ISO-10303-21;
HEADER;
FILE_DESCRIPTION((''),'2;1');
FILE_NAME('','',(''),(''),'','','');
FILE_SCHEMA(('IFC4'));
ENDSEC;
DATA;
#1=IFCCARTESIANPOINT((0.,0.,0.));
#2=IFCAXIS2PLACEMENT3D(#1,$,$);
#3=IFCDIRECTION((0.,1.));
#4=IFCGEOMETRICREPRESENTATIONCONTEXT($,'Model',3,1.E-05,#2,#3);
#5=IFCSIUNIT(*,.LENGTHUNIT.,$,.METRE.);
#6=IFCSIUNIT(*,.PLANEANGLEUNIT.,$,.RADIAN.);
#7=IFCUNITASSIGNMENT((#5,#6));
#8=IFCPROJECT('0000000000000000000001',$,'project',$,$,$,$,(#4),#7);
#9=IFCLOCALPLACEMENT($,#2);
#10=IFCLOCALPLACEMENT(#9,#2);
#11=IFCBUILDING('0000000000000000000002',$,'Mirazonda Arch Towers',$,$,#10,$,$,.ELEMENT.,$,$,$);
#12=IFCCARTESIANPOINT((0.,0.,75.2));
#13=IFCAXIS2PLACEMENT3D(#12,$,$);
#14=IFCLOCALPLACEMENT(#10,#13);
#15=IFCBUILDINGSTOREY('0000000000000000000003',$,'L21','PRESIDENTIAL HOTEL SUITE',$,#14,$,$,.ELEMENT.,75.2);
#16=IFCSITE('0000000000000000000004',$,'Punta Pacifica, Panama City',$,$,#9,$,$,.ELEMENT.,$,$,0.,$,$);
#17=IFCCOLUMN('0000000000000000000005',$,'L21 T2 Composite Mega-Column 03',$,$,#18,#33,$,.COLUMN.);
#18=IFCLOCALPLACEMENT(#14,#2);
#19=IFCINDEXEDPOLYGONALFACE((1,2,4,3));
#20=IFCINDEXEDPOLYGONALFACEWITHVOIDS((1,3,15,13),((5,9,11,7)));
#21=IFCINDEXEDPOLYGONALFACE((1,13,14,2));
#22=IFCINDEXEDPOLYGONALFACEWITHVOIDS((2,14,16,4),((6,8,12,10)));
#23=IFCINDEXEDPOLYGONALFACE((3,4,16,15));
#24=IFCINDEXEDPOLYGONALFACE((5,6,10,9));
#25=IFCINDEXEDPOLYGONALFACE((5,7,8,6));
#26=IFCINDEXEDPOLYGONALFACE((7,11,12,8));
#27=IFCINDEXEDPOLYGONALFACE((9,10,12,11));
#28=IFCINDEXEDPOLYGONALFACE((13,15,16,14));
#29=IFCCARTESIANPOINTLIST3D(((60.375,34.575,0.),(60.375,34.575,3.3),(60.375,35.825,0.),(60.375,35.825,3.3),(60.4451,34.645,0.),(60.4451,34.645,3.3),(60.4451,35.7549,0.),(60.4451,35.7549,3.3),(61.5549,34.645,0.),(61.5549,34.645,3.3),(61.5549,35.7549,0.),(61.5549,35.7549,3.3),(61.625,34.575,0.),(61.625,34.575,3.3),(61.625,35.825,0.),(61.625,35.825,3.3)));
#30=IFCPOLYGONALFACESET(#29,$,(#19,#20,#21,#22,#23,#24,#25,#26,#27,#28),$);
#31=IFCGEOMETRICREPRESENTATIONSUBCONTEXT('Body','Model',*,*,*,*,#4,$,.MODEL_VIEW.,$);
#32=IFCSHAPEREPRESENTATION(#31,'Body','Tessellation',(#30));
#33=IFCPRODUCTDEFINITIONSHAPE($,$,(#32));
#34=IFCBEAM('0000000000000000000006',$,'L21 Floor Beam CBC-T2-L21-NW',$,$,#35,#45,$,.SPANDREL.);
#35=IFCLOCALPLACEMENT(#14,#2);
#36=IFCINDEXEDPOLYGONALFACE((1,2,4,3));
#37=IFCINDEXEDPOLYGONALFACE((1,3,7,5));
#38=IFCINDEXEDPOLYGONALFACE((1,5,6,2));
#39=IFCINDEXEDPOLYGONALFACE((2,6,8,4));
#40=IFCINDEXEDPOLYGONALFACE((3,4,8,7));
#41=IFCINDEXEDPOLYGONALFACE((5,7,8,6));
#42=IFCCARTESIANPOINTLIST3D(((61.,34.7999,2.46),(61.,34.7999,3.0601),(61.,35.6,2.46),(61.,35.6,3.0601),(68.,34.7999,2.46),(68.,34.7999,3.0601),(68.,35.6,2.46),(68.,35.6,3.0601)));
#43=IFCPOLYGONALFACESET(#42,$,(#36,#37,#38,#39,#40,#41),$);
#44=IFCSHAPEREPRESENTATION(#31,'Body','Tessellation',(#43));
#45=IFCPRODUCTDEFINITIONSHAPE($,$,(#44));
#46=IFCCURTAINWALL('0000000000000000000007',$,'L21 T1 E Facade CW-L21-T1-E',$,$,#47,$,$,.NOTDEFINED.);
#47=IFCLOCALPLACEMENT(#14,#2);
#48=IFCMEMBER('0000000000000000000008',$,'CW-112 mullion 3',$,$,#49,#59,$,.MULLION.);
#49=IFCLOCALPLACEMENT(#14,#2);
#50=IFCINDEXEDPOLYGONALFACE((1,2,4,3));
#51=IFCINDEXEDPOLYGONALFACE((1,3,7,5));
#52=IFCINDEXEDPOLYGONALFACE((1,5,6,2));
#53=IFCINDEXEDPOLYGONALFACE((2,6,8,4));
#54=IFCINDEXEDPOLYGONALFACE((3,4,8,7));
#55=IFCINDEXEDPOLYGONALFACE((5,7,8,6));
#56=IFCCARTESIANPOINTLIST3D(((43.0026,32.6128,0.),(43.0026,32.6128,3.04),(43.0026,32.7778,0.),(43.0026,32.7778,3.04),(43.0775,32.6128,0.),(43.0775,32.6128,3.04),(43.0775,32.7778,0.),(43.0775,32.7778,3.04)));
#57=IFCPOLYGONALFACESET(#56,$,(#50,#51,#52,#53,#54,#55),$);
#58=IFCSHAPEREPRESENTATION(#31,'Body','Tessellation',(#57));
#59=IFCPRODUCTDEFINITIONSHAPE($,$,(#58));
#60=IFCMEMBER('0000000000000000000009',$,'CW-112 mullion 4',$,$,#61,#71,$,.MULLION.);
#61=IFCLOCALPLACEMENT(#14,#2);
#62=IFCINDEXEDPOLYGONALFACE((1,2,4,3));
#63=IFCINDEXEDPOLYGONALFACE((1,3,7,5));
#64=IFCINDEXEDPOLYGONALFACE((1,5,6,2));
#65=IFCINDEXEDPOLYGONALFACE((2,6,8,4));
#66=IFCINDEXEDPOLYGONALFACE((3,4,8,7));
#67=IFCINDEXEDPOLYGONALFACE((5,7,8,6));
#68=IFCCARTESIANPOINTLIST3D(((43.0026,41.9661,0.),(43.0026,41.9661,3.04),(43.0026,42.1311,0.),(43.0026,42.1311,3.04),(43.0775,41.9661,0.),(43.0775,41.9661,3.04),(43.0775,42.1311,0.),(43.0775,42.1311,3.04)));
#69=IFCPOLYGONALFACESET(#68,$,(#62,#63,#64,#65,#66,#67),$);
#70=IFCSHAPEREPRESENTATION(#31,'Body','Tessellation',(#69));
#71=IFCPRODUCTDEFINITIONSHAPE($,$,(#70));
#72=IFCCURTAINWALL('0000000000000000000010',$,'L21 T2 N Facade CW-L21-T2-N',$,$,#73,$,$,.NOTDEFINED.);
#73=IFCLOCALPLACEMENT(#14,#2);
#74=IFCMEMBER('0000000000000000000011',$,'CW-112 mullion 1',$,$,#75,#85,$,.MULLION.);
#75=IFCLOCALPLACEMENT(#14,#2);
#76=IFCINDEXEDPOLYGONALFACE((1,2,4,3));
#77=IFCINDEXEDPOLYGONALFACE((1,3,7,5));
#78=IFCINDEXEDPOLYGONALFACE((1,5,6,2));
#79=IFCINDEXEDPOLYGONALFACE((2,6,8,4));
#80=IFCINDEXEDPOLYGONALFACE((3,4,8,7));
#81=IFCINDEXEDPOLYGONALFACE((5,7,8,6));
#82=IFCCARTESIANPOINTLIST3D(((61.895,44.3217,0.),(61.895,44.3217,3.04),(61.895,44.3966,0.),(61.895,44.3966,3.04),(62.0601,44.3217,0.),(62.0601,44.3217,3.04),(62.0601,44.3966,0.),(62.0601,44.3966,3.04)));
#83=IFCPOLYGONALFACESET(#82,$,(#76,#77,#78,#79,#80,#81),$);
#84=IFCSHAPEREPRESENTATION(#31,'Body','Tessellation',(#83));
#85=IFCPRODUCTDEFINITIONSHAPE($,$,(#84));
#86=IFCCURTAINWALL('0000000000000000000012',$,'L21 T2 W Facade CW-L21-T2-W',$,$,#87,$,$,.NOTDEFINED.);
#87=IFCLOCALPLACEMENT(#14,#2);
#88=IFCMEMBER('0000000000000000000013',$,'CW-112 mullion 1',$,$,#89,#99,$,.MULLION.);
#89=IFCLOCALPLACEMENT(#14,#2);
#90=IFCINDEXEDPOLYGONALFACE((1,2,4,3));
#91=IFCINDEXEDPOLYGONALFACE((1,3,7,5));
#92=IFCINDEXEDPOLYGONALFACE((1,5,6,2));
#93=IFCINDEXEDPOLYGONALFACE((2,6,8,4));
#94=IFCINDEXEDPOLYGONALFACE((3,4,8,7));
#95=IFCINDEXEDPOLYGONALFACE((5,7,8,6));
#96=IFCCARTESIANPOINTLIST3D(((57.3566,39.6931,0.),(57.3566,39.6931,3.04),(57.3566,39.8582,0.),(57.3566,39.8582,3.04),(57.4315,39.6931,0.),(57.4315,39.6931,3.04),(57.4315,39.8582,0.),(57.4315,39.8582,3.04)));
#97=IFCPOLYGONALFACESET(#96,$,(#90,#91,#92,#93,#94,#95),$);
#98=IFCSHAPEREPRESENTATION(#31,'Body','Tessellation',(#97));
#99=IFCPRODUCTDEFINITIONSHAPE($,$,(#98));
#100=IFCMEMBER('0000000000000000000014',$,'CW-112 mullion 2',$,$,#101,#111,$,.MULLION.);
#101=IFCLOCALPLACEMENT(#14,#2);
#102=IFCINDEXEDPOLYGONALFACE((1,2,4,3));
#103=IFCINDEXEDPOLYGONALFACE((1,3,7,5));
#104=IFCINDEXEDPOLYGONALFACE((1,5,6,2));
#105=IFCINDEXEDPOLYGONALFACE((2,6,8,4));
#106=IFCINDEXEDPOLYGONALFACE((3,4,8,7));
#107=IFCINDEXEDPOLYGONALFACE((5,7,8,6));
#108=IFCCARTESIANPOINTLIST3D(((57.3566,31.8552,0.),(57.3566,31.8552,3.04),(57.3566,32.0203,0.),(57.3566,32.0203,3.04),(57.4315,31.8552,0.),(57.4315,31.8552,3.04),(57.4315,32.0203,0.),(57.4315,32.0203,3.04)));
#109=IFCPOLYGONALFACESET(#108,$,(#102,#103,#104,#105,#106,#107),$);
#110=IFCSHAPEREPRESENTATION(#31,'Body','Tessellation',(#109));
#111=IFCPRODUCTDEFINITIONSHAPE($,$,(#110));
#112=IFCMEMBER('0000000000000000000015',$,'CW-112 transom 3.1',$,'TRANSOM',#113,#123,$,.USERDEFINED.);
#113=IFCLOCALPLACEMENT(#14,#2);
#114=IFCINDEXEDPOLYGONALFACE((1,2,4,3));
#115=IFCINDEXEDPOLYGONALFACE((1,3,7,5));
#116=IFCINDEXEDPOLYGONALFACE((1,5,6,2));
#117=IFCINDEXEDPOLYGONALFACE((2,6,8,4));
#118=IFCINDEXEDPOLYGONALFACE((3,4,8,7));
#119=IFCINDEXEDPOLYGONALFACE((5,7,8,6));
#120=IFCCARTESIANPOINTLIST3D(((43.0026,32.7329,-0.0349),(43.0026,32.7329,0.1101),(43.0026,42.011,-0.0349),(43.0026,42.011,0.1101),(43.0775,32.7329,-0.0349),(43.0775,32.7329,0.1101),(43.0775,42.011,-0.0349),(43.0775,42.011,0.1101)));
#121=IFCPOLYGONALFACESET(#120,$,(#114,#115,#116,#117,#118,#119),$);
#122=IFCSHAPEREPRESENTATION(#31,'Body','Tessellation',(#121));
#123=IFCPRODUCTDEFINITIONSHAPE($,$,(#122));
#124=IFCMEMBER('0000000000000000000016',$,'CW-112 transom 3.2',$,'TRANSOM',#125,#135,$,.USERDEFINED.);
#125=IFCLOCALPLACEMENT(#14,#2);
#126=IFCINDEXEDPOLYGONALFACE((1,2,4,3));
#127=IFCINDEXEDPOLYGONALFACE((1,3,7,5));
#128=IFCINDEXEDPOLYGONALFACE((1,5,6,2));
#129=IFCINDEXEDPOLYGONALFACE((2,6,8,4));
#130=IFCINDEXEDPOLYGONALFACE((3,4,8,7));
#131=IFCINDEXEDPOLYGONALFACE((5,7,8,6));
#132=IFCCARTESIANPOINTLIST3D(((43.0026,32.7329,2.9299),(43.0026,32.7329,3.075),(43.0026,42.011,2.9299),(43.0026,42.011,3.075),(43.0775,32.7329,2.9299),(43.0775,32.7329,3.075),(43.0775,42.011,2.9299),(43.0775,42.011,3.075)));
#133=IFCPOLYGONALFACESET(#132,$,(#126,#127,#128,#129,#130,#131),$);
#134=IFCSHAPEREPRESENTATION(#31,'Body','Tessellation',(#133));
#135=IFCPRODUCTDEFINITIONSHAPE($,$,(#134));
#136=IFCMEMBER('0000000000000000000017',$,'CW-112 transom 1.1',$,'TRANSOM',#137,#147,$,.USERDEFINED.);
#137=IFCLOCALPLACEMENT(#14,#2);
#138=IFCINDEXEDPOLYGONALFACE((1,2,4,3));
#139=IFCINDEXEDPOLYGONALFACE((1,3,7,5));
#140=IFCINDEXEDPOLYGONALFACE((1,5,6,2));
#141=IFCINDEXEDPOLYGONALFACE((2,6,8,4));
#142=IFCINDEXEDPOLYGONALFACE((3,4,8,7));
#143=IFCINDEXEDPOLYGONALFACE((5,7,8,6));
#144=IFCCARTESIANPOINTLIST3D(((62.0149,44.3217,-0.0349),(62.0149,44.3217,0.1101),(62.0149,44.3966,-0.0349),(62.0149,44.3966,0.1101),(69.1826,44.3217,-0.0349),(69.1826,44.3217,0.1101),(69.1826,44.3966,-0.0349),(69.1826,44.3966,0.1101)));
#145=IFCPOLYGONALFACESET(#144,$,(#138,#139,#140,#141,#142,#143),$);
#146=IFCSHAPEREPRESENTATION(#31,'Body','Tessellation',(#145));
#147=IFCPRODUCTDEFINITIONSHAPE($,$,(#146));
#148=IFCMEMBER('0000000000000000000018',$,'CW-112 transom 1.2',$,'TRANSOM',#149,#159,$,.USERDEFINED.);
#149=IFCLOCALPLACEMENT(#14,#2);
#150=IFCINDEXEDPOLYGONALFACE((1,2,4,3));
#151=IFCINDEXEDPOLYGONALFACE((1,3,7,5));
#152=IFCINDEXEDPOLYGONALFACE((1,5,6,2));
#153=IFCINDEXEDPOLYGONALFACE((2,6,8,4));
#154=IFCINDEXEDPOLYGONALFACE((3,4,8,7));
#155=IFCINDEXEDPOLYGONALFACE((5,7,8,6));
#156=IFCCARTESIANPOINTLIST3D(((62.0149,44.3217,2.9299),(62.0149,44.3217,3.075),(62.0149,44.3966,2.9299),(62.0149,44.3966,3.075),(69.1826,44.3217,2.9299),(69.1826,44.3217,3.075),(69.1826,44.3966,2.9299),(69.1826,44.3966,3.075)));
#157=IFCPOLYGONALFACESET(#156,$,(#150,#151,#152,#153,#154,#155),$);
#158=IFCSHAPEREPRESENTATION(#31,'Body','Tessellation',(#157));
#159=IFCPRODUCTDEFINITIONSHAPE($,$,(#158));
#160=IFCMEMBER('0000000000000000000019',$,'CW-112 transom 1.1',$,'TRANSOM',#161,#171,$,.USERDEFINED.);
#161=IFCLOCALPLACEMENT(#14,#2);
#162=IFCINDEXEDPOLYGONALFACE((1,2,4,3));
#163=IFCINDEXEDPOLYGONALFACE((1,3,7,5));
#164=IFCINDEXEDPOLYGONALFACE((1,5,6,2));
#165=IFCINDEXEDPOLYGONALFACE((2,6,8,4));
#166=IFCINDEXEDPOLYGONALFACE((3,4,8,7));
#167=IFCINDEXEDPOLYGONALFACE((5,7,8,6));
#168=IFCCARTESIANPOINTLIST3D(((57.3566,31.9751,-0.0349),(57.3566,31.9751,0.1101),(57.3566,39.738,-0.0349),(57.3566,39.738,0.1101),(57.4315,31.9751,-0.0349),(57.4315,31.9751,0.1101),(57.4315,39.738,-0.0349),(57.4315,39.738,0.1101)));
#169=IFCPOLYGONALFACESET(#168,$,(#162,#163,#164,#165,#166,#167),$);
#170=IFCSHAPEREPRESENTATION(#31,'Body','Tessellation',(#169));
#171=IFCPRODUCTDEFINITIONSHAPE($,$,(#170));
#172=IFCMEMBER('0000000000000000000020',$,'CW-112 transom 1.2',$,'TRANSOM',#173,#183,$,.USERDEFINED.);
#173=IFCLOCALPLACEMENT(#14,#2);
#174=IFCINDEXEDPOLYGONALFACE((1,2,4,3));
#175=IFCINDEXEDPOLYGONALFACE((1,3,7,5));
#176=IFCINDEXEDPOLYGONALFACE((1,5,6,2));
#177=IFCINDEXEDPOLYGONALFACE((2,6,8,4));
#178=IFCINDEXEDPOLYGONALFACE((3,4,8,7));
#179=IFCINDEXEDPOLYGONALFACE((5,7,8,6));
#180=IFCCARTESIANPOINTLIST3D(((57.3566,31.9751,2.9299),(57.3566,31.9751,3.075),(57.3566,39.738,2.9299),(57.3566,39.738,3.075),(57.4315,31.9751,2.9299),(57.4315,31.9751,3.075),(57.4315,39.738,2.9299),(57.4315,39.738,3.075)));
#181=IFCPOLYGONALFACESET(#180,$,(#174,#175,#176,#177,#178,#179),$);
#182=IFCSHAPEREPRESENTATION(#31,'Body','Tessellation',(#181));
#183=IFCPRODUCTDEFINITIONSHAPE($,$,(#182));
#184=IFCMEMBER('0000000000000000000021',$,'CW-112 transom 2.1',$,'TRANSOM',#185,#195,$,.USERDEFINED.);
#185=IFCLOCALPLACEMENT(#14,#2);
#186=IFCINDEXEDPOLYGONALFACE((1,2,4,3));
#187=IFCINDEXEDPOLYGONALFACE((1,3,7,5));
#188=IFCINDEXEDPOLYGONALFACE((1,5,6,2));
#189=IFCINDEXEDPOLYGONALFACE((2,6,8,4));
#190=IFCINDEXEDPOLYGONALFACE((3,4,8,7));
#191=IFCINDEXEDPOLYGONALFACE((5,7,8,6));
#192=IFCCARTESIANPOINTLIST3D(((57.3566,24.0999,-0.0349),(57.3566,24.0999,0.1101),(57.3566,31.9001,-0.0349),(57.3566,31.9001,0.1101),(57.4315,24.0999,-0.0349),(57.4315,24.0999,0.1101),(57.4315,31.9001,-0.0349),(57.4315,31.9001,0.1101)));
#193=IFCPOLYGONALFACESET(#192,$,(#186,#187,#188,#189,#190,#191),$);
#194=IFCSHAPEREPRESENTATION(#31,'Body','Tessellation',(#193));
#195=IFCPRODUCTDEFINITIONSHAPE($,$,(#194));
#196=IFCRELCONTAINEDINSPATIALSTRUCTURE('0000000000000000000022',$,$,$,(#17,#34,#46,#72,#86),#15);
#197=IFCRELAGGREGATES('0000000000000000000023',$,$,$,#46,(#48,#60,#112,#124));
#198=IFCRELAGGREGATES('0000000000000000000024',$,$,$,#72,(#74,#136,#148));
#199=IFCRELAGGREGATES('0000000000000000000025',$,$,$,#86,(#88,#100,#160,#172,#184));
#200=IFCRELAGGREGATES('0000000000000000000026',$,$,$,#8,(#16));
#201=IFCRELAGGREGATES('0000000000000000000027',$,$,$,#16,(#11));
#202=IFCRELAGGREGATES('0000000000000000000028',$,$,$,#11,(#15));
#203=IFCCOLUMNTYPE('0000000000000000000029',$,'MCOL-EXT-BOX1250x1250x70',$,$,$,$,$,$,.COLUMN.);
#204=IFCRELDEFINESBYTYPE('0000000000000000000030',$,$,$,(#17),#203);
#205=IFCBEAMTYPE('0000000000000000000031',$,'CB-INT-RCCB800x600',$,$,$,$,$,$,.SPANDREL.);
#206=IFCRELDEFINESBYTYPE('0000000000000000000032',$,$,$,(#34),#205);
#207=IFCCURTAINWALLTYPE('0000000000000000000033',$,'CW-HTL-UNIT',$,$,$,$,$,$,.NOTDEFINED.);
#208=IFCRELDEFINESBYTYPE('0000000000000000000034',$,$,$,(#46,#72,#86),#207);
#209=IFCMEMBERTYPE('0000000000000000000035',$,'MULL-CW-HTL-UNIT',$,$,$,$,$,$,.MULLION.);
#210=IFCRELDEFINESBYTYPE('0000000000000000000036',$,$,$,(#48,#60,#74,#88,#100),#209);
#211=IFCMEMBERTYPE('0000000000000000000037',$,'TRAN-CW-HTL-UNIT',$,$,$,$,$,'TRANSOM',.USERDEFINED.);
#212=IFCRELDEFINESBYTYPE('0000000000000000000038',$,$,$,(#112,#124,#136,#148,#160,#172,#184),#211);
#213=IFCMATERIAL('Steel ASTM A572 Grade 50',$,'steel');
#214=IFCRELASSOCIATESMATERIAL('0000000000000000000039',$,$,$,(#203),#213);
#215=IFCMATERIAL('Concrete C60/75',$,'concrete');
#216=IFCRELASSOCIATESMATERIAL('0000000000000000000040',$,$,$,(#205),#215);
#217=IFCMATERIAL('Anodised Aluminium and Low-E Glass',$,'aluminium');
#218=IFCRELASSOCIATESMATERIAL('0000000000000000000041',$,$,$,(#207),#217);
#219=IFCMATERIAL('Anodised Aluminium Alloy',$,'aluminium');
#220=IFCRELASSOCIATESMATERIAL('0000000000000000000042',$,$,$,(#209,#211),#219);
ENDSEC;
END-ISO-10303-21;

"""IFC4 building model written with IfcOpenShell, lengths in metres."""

from ifc_helpers import new_model, si_unit, direction, frame, origin, origin_2d, place, context, subcontext, project, spatial, rectangle, hollow_rectangle, extrude, material, material_profile, profile_set, type_object, element, aggregate, save


model = new_model("IFC4")

# Units and contexts
model_context = context("Model", 3, precision=1e-05, world=origin(), true_north=direction((0.0, 1.0)))
body_context = subcontext(model_context, "Body", "Model", "MODEL_VIEW")
ifc_project = project(units=[si_unit("LENGTHUNIT", "METRE"), si_unit("PLANEANGLEUNIT", "RADIAN")], contexts=[model_context])

# Site, building, storey
site_placement = place(None, origin())
site = spatial("IfcSite", under=ifc_project, at=site_placement, Name="Punta Pacifica, Panama City", CompositionType="ELEMENT", RefElevation=0.0)
building_placement = place(site_placement, origin())
building = spatial("IfcBuilding", under=site, at=building_placement, Name="Mirazonda Arch Towers", CompositionType="ELEMENT")
storey_placement = place(building_placement, frame((0.0, 0.0, 75.2)))
storey = spatial("IfcBuildingStorey", under=building, at=storey_placement, Name="L21", Description="PRESIDENTIAL HOTEL SUITE", CompositionType="ELEMENT", Elevation=75.2)

# Column
ifc_material_1 = material(Name="Steel ASTM A572 Grade 50", Category="steel")
ifc_material_profile_1 = material_profile(ifc_material_1, hollow_rectangle(XDim=1.25, YDim=1.25, WallThickness=0.0701, at=origin_2d()), Name="BOX1250x1250x70")
ifc_profile_set_1 = profile_set([ifc_material_profile_1], Name="Steel ASTM A572 Grade 50")
column_type = type_object("IfcColumnType", Name="MCOL-EXT-BOX1250x1250x70", PredefinedType="COLUMN", material=ifc_profile_set_1)
column_placement = place(storey_placement, frame((61.0, 35.2, 0.0), z_axis=(0.0, 0.0, 1.0), x_axis=(1.0, 0.0, 0.0)))
element("IfcColumn", 1, at=column_placement, inside=storey, type_object=column_type, Name="L21 T2 Composite Mega-Column 03", PredefinedType="COLUMN", context=body_context, shape_type="SweptSolid", body=[
    extrude(hollow_rectangle(XDim=1.25, YDim=1.25, WallThickness=0.0701, at=origin_2d()), origin(), (0.0, 0.0, 1.0), 3.3),
])

# Beam
ifc_material_2 = material(Name="Concrete C60/75", Category="concrete")
ifc_material_profile_2 = material_profile(ifc_material_2, rectangle(XDim=0.8, YDim=0.6001, at=origin_2d()), Name="RCCB800x600")
ifc_profile_set_2 = profile_set([ifc_material_profile_2], Name="Concrete C60/75")
beam_type = type_object("IfcBeamType", Name="CB-INT-RCCB800x600", PredefinedType="SPANDREL", material=ifc_profile_set_2)
beam_placement = place(storey_placement, frame((61.0, 35.2, 2.76), z_axis=(1.0, 0.0, 0.0), x_axis=(0.0, 1.0, 0.0)))
element("IfcBeam", 2, at=beam_placement, inside=storey, type_object=beam_type, Name="L21 Floor Beam CBC-T2-L21-NW", PredefinedType="SPANDREL", context=body_context, shape_type="SweptSolid", body=[
    extrude(rectangle(XDim=0.8, YDim=0.6001, at=origin_2d()), origin(), (0.0, 0.0, 1.0), 7.0),
])

# Curtain wall, members
ifc_material_3 = material(Name="Anodised Aluminium and Low-E Glass", Category="aluminium")
curtain_wall_type = type_object("IfcCurtainWallType", Name="CW-HTL-UNIT", PredefinedType="NOTDEFINED", material=ifc_material_3)
curtain_wall_1_placement = place(storey_placement, origin())
curtain_wall_1 = element("IfcCurtainWall", 3, at=curtain_wall_1_placement, inside=storey, type_object=curtain_wall_type, Name="L21 T1 E Facade CW-L21-T1-E", PredefinedType="NOTDEFINED")
ifc_material_4 = material(Name="Anodised Aluminium Alloy", Category="aluminium")
ifc_material_profile_3 = material_profile(ifc_material_4, rectangle(XDim=0.075, YDim=0.165, at=origin_2d()), Name="ALU-MULL-75x165")
ifc_profile_set_3 = profile_set([ifc_material_profile_3], Name="Anodised Aluminium Alloy")
member_type_1 = type_object("IfcMemberType", Name="MULL-CW-HTL-UNIT", PredefinedType="MULLION", material=ifc_profile_set_3)
member_1_placement = place(storey_placement, frame((43.04, 32.6953, 0.0), z_axis=(0.0, 0.0, 1.0), x_axis=(-1.0, 0.0, 0.0)))
member_1 = element("IfcMember", 4, at=member_1_placement, type_object=member_type_1, Name="CW-112 mullion 3", PredefinedType="MULLION", context=body_context, shape_type="SweptSolid", body=[
    extrude(rectangle(XDim=0.075, YDim=0.165, at=origin_2d()), origin(), (0.0, 0.0, 1.0), 3.04),
])
member_2_placement = place(storey_placement, frame((43.04, 42.0486, 0.0), z_axis=(0.0, 0.0, 1.0), x_axis=(-1.0, 0.0, 0.0)))
member_2 = element("IfcMember", 5, at=member_2_placement, type_object=member_type_1, Name="CW-112 mullion 4", PredefinedType="MULLION", context=body_context, shape_type="SweptSolid", body=[
    extrude(rectangle(XDim=0.075, YDim=0.165, at=origin_2d()), origin(), (0.0, 0.0, 1.0), 3.04),
])

# Curtain wall, member
curtain_wall_2_placement = place(storey_placement, origin())
curtain_wall_2 = element("IfcCurtainWall", 6, at=curtain_wall_2_placement, inside=storey, type_object=curtain_wall_type, Name="L21 T2 N Facade CW-L21-T2-N", PredefinedType="NOTDEFINED")
member_3_placement = place(storey_placement, frame((61.9775, 44.3591, 0.0), z_axis=(0.0, 0.0, 1.0), x_axis=(0.0, 1.0, 0.0)))
member_3 = element("IfcMember", 7, at=member_3_placement, type_object=member_type_1, Name="CW-112 mullion 1", PredefinedType="MULLION", context=body_context, shape_type="SweptSolid", body=[
    extrude(rectangle(XDim=0.075, YDim=0.165, at=origin_2d()), origin(), (0.0, 0.0, 1.0), 3.04),
])

# Curtain wall, members
curtain_wall_3_placement = place(storey_placement, origin())
curtain_wall_3 = element("IfcCurtainWall", 8, at=curtain_wall_3_placement, inside=storey, type_object=curtain_wall_type, Name="L21 T2 W Facade CW-L21-T2-W", PredefinedType="NOTDEFINED")
member_4_placement = place(storey_placement, frame((57.394, 39.7756, 0.0), z_axis=(0.0, 0.0, 1.0), x_axis=(1.0, 0.0, 0.0)))
member_4 = element("IfcMember", 9, at=member_4_placement, type_object=member_type_1, Name="CW-112 mullion 1", PredefinedType="MULLION", context=body_context, shape_type="SweptSolid", body=[
    extrude(rectangle(XDim=0.075, YDim=0.165, at=origin_2d()), origin(), (0.0, 0.0, 1.0), 3.04),
])
member_5_placement = place(storey_placement, frame((57.394, 31.9377, 0.0), z_axis=(0.0, 0.0, 1.0), x_axis=(1.0, 0.0, 0.0)))
member_5 = element("IfcMember", 10, at=member_5_placement, type_object=member_type_1, Name="CW-112 mullion 2", PredefinedType="MULLION", context=body_context, shape_type="SweptSolid", body=[
    extrude(rectangle(XDim=0.075, YDim=0.165, at=origin_2d()), origin(), (0.0, 0.0, 1.0), 3.04),
])

# Members
ifc_material_profile_4 = material_profile(ifc_material_4, rectangle(XDim=0.075, YDim=0.145, at=origin_2d()), Name="ALU-TRAN-75x145")
ifc_profile_set_4 = profile_set([ifc_material_profile_4], Name="Anodised Aluminium Alloy")
member_type_2 = type_object("IfcMemberType", Name="TRAN-CW-HTL-UNIT", ElementType="TRANSOM", PredefinedType="USERDEFINED", material=ifc_profile_set_4)
member_6_placement = place(storey_placement, frame((43.04, 32.7329, 0.0376), z_axis=(0.0, 1.0, 0.0), x_axis=(-1.0, 0.0, 0.0)))
member_6 = element("IfcMember", 11, at=member_6_placement, type_object=member_type_2, Name="CW-112 transom 3.1", ObjectType="TRANSOM", PredefinedType="USERDEFINED", context=body_context, shape_type="SweptSolid", body=[
    extrude(rectangle(XDim=0.075, YDim=0.145, at=origin_2d()), origin(), (0.0, 0.0, 1.0), 9.2781),
])
member_7_placement = place(storey_placement, frame((43.04, 32.7329, 3.0024), z_axis=(0.0, 1.0, 0.0), x_axis=(-1.0, 0.0, 0.0)))
member_7 = element("IfcMember", 12, at=member_7_placement, type_object=member_type_2, Name="CW-112 transom 3.2", ObjectType="TRANSOM", PredefinedType="USERDEFINED", context=body_context, shape_type="SweptSolid", body=[
    extrude(rectangle(XDim=0.075, YDim=0.145, at=origin_2d()), origin(), (0.0, 0.0, 1.0), 9.2781),
])
member_8_placement = place(storey_placement, frame((62.0149, 44.3591, 0.0376), z_axis=(1.0, 0.0, 0.0), x_axis=(0.0, 1.0, 0.0)))
member_8 = element("IfcMember", 13, at=member_8_placement, type_object=member_type_2, Name="CW-112 transom 1.1", ObjectType="TRANSOM", PredefinedType="USERDEFINED", context=body_context, shape_type="SweptSolid", body=[
    extrude(rectangle(XDim=0.075, YDim=0.145, at=origin_2d()), origin(), (0.0, 0.0, 1.0), 7.1677),
])
member_9_placement = place(storey_placement, frame((62.0149, 44.3591, 3.0024), z_axis=(1.0, 0.0, 0.0), x_axis=(0.0, 1.0, 0.0)))
member_9 = element("IfcMember", 14, at=member_9_placement, type_object=member_type_2, Name="CW-112 transom 1.2", ObjectType="TRANSOM", PredefinedType="USERDEFINED", context=body_context, shape_type="SweptSolid", body=[
    extrude(rectangle(XDim=0.075, YDim=0.145, at=origin_2d()), origin(), (0.0, 0.0, 1.0), 7.1677),
])
member_10_placement = place(storey_placement, frame((57.394, 39.738, 0.0376), z_axis=(0.0, -1.0, 0.0), x_axis=(1.0, 0.0, 0.0)))
member_10 = element("IfcMember", 15, at=member_10_placement, type_object=member_type_2, Name="CW-112 transom 1.1", ObjectType="TRANSOM", PredefinedType="USERDEFINED", context=body_context, shape_type="SweptSolid", body=[
    extrude(rectangle(XDim=0.075, YDim=0.145, at=origin_2d()), origin(), (0.0, 0.0, 1.0), 7.7629),
])
member_11_placement = place(storey_placement, frame((57.394, 39.738, 3.0024), z_axis=(0.0, -1.0, 0.0), x_axis=(1.0, 0.0, 0.0)))
member_11 = element("IfcMember", 16, at=member_11_placement, type_object=member_type_2, Name="CW-112 transom 1.2", ObjectType="TRANSOM", PredefinedType="USERDEFINED", context=body_context, shape_type="SweptSolid", body=[
    extrude(rectangle(XDim=0.075, YDim=0.145, at=origin_2d()), origin(), (0.0, 0.0, 1.0), 7.7629),
])
member_12_placement = place(storey_placement, frame((57.394, 31.9001, 0.0376), z_axis=(0.0, -1.0, 0.0), x_axis=(1.0, 0.0, 0.0)))
member_12 = element("IfcMember", 17, at=member_12_placement, type_object=member_type_2, Name="CW-112 transom 2.1", ObjectType="TRANSOM", PredefinedType="USERDEFINED", context=body_context, shape_type="SweptSolid", body=[
    extrude(rectangle(XDim=0.075, YDim=0.145, at=origin_2d()), origin(), (0.0, 0.0, 1.0), 7.8003),
])

aggregate(curtain_wall_1, [member_1, member_2, member_6, member_7])
aggregate(curtain_wall_2, [member_3, member_8, member_9])
aggregate(curtain_wall_3, [member_4, member_5, member_10, member_11, member_12])

save(model, "model.ifc")
